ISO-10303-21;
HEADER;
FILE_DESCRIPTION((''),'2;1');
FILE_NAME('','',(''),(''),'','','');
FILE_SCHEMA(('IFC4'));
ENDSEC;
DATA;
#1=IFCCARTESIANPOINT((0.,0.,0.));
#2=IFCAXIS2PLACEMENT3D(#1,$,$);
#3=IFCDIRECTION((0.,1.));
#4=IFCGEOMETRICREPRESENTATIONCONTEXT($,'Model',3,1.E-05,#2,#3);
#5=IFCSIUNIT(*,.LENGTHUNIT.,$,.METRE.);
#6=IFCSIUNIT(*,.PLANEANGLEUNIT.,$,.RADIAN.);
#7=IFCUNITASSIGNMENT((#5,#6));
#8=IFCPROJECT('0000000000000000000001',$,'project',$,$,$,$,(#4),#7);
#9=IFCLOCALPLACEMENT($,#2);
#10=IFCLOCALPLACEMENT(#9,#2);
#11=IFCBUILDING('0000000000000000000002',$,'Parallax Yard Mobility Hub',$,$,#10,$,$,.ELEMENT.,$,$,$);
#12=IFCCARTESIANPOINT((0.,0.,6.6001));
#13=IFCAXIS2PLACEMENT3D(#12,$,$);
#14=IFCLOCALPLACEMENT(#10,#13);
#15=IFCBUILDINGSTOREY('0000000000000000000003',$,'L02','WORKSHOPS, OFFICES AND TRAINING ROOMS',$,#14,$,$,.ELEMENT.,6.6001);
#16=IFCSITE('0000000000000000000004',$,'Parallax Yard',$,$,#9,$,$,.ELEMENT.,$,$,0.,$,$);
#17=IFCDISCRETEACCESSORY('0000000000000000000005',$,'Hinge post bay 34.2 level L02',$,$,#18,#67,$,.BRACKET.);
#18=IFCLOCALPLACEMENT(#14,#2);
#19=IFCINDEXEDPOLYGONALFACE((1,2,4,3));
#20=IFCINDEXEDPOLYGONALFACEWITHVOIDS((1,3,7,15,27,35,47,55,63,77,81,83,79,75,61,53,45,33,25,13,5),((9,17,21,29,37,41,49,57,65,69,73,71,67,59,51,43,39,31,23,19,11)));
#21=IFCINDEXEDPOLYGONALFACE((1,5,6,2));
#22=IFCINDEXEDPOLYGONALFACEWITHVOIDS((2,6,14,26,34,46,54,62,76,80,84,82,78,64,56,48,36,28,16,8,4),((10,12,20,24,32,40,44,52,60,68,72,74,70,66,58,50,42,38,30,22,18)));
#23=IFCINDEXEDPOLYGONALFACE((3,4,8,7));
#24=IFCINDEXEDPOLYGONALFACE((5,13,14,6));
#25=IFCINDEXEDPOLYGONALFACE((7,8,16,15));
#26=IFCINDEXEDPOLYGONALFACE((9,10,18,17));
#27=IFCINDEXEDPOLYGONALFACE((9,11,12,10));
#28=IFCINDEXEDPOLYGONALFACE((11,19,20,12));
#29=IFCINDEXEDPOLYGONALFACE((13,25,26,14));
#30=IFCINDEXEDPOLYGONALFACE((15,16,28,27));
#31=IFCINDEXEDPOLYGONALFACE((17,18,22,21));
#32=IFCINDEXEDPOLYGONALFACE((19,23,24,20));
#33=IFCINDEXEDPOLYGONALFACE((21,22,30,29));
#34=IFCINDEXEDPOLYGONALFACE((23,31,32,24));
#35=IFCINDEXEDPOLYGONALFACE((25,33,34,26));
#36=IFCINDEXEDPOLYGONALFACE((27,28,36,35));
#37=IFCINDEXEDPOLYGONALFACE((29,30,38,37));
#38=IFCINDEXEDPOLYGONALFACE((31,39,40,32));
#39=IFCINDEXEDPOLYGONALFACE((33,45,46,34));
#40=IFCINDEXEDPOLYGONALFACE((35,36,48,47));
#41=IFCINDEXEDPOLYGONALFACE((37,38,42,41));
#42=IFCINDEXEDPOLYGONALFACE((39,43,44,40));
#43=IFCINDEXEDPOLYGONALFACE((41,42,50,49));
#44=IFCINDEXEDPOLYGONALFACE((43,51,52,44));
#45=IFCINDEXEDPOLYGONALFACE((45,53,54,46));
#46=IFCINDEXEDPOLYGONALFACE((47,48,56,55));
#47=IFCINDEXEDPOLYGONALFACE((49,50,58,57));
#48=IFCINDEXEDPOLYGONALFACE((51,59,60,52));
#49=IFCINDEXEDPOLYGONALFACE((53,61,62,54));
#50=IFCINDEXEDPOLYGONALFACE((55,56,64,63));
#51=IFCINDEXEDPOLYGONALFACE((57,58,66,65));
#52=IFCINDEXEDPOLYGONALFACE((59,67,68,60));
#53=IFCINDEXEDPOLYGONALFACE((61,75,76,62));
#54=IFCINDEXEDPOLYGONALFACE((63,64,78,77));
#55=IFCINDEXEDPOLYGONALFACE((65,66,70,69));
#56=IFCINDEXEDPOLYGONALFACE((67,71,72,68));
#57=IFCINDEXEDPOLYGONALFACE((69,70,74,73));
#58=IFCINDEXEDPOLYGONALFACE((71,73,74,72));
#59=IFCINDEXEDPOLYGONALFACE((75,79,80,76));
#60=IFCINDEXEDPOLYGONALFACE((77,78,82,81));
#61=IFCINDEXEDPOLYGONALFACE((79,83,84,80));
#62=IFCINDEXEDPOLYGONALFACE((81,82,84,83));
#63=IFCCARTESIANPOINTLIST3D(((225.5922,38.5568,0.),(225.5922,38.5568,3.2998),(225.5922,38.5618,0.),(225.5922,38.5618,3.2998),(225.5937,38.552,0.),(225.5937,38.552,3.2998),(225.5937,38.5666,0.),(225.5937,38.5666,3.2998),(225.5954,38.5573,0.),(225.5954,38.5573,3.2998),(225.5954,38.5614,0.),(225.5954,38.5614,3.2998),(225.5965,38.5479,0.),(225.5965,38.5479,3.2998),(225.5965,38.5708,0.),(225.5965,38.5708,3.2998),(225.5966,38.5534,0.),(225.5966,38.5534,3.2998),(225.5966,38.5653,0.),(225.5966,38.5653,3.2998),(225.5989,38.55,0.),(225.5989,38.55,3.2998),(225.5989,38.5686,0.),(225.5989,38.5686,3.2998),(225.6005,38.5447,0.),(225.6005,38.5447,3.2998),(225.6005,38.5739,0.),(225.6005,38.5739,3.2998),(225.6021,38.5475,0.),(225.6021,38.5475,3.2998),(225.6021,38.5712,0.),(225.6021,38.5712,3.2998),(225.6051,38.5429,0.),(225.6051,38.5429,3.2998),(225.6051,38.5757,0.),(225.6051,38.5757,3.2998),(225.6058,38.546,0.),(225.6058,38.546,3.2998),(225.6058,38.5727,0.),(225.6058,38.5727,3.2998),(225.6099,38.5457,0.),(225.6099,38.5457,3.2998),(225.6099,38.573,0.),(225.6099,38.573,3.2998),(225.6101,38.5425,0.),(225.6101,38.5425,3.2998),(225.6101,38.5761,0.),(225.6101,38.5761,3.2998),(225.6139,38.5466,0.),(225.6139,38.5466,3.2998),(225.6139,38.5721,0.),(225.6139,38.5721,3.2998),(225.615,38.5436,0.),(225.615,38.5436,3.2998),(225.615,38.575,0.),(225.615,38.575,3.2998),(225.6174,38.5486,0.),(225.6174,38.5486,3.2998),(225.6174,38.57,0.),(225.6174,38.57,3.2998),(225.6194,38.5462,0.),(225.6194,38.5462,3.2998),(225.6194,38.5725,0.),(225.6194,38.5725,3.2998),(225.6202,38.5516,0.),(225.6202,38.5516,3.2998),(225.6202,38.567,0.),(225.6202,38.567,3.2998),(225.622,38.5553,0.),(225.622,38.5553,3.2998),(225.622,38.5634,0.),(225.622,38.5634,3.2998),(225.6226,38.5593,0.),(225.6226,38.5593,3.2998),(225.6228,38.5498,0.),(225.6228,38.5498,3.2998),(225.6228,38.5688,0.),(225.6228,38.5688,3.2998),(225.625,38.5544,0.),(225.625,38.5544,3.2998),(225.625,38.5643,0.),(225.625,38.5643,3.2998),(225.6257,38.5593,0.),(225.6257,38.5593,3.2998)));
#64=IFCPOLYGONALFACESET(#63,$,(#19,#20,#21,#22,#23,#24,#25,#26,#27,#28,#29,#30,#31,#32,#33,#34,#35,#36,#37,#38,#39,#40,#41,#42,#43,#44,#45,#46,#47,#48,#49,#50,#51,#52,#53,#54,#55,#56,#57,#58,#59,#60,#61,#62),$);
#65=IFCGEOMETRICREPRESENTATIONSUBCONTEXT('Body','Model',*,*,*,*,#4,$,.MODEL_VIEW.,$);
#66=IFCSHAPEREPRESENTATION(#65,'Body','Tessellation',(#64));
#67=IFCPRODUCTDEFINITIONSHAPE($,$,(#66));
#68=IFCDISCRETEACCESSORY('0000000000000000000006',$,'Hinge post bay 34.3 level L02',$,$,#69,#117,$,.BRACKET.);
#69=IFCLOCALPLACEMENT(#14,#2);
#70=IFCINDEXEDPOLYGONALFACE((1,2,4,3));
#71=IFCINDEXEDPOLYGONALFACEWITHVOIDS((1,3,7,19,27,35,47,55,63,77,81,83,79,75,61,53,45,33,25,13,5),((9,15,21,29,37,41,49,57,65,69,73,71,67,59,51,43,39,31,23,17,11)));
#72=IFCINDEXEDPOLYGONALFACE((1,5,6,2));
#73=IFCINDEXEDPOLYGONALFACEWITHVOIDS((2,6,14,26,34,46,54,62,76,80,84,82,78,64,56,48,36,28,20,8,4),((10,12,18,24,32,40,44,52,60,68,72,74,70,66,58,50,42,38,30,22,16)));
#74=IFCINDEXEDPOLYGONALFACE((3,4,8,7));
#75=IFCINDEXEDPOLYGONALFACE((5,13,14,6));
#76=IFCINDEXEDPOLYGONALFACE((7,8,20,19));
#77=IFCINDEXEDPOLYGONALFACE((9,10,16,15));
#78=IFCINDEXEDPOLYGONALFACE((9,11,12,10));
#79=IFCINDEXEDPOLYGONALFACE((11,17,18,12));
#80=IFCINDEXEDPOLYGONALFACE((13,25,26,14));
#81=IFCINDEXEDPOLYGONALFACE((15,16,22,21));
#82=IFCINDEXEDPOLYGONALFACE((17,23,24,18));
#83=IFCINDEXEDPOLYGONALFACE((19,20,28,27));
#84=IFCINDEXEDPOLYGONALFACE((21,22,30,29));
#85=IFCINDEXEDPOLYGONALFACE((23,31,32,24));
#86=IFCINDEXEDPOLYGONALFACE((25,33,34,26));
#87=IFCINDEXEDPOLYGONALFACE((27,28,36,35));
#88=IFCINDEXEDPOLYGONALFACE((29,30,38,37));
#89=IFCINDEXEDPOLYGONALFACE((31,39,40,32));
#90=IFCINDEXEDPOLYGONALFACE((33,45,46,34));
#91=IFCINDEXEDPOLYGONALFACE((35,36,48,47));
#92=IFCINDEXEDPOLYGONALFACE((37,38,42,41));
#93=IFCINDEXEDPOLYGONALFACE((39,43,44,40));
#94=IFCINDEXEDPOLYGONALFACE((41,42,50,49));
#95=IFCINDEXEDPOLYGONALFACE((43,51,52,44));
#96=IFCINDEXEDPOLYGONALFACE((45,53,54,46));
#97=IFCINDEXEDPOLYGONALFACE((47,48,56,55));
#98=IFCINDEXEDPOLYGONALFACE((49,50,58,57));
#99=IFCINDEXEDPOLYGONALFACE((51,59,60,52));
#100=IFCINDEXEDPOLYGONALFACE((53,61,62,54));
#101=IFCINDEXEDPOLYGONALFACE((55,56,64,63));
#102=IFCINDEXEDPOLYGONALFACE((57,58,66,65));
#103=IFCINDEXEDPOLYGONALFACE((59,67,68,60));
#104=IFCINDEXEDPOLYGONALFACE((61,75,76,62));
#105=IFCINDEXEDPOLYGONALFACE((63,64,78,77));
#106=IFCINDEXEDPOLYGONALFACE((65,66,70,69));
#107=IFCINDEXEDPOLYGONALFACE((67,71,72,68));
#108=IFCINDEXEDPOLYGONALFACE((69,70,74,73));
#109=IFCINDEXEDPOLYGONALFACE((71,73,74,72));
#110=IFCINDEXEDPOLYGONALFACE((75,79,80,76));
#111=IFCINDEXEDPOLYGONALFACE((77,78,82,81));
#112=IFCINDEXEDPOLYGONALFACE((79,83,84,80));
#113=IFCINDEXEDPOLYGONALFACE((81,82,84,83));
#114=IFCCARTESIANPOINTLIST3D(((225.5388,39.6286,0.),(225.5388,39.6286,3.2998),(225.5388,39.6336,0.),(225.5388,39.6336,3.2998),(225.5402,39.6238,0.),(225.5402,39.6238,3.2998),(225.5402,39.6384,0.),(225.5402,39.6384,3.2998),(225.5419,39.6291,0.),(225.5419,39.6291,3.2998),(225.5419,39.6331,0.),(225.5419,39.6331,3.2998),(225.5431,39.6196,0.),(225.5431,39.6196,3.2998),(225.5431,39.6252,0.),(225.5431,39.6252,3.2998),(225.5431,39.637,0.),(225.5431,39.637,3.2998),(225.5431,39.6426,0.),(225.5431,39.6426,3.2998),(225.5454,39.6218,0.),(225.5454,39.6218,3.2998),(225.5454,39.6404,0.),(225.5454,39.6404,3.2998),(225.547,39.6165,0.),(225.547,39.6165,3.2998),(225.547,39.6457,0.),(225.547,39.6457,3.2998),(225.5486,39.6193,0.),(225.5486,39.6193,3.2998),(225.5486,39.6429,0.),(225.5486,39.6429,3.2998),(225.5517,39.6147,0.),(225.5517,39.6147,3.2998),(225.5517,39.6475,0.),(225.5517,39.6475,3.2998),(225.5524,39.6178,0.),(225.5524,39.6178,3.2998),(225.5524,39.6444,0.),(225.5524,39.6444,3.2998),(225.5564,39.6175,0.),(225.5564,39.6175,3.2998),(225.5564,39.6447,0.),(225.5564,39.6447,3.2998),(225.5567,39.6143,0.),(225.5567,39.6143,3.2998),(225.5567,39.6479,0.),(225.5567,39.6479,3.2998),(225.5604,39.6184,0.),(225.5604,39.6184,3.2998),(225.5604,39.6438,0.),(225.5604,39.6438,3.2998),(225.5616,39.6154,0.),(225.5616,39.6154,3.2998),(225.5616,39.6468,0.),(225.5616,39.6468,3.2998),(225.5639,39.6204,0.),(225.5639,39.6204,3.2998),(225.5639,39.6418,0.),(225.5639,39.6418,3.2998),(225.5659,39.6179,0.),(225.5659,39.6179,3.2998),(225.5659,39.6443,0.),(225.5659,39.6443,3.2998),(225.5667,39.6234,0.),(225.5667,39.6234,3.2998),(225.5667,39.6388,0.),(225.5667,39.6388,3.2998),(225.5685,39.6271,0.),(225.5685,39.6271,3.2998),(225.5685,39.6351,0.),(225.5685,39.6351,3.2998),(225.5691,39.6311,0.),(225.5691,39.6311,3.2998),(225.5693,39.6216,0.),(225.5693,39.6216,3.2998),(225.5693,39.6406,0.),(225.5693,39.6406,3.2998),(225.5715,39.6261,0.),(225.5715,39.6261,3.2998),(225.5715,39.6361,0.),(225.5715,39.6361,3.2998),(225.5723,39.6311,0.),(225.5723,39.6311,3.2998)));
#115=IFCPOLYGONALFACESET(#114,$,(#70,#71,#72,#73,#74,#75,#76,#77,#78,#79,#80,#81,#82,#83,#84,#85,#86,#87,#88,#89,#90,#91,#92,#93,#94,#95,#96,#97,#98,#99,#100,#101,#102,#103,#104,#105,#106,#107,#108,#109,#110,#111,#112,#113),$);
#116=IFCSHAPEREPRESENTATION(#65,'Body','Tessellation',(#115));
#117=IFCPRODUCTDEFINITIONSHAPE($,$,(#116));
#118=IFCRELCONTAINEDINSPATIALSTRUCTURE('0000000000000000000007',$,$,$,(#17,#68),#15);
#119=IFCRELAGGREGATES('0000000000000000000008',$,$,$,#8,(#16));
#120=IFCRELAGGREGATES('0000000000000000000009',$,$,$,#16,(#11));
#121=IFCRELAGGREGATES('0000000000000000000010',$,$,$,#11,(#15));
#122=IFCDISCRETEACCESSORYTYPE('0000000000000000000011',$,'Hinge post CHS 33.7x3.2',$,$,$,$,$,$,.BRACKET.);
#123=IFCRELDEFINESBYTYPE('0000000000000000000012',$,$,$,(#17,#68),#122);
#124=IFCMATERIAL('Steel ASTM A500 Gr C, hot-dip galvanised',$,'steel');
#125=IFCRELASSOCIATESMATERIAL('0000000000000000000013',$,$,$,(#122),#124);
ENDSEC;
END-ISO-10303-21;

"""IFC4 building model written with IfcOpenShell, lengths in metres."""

from ifc_helpers import new_model, si_unit, direction, frame, origin, origin_2d, place, context, subcontext, project, spatial, hollow_circle, extrude, material, material_profile, profile_set, type_object, element, save


model = new_model("IFC4")

# Units and contexts
model_context = context("Model", 3, precision=1e-05, world=origin(), true_north=direction((0.0, 1.0)))
body_context = subcontext(model_context, "Body", "Model", "MODEL_VIEW")
ifc_project = project(units=[si_unit("LENGTHUNIT", "METRE"), si_unit("PLANEANGLEUNIT", "RADIAN")], contexts=[model_context])

# Site, building, storey
site_placement = place(None, origin())
site = spatial("IfcSite", under=ifc_project, at=site_placement, Name="Parallax Yard", CompositionType="ELEMENT", RefElevation=0.0)
building_placement = place(site_placement, origin())
building = spatial("IfcBuilding", under=site, at=building_placement, Name="Parallax Yard Mobility Hub", CompositionType="ELEMENT")
storey_placement = place(building_placement, frame((0.0, 0.0, 6.6001)))
storey = spatial("IfcBuildingStorey", under=building, at=storey_placement, Name="L02", Description="WORKSHOPS, OFFICES AND TRAINING ROOMS", CompositionType="ELEMENT", Elevation=6.6001)

# Discrete accessories
ifc_material_1 = material(Name="Steel ASTM A500 Gr C, hot-dip galvanised", Category="steel")
ifc_material_profile = material_profile(ifc_material_1, hollow_circle(Radius=0.0168, WallThickness=0.0032, at=origin_2d()), Name="CHS 33.7x3.2")
ifc_profile_set = profile_set([ifc_material_profile], Name="Steel ASTM A500 Gr C, hot-dip galvanised")
discrete_accessory_type = type_object("IfcDiscreteAccessoryType", Name="Hinge post CHS 33.7x3.2", PredefinedType="BRACKET", material=ifc_profile_set)
for number, where, z_axis, x_axis, name in (
    (1, (225.6089, 38.5593, 0.0), (0.0, 0.0, 1.0), (1.0, 0.0, 0.0), "Hinge post bay 34.2 level L02"),
    (2, (225.5554, 39.6311, 0.0), (0.0, 0.0, 1.0), (1.0, 0.0, 0.0), "Hinge post bay 34.3 level L02"),
):
    element("IfcDiscreteAccessory", number, at=place(storey_placement, frame(where, z_axis=z_axis, x_axis=x_axis)), inside=storey, type_object=discrete_accessory_type, Name=name, PredefinedType="BRACKET", context=body_context, shape_type="SweptSolid", body=[
        extrude(hollow_circle(Radius=0.0168, WallThickness=0.0032, at=origin_2d()), origin(), (0.0, 0.0, 1.0), 3.2998),
    ])

save(model, "model.ifc")
